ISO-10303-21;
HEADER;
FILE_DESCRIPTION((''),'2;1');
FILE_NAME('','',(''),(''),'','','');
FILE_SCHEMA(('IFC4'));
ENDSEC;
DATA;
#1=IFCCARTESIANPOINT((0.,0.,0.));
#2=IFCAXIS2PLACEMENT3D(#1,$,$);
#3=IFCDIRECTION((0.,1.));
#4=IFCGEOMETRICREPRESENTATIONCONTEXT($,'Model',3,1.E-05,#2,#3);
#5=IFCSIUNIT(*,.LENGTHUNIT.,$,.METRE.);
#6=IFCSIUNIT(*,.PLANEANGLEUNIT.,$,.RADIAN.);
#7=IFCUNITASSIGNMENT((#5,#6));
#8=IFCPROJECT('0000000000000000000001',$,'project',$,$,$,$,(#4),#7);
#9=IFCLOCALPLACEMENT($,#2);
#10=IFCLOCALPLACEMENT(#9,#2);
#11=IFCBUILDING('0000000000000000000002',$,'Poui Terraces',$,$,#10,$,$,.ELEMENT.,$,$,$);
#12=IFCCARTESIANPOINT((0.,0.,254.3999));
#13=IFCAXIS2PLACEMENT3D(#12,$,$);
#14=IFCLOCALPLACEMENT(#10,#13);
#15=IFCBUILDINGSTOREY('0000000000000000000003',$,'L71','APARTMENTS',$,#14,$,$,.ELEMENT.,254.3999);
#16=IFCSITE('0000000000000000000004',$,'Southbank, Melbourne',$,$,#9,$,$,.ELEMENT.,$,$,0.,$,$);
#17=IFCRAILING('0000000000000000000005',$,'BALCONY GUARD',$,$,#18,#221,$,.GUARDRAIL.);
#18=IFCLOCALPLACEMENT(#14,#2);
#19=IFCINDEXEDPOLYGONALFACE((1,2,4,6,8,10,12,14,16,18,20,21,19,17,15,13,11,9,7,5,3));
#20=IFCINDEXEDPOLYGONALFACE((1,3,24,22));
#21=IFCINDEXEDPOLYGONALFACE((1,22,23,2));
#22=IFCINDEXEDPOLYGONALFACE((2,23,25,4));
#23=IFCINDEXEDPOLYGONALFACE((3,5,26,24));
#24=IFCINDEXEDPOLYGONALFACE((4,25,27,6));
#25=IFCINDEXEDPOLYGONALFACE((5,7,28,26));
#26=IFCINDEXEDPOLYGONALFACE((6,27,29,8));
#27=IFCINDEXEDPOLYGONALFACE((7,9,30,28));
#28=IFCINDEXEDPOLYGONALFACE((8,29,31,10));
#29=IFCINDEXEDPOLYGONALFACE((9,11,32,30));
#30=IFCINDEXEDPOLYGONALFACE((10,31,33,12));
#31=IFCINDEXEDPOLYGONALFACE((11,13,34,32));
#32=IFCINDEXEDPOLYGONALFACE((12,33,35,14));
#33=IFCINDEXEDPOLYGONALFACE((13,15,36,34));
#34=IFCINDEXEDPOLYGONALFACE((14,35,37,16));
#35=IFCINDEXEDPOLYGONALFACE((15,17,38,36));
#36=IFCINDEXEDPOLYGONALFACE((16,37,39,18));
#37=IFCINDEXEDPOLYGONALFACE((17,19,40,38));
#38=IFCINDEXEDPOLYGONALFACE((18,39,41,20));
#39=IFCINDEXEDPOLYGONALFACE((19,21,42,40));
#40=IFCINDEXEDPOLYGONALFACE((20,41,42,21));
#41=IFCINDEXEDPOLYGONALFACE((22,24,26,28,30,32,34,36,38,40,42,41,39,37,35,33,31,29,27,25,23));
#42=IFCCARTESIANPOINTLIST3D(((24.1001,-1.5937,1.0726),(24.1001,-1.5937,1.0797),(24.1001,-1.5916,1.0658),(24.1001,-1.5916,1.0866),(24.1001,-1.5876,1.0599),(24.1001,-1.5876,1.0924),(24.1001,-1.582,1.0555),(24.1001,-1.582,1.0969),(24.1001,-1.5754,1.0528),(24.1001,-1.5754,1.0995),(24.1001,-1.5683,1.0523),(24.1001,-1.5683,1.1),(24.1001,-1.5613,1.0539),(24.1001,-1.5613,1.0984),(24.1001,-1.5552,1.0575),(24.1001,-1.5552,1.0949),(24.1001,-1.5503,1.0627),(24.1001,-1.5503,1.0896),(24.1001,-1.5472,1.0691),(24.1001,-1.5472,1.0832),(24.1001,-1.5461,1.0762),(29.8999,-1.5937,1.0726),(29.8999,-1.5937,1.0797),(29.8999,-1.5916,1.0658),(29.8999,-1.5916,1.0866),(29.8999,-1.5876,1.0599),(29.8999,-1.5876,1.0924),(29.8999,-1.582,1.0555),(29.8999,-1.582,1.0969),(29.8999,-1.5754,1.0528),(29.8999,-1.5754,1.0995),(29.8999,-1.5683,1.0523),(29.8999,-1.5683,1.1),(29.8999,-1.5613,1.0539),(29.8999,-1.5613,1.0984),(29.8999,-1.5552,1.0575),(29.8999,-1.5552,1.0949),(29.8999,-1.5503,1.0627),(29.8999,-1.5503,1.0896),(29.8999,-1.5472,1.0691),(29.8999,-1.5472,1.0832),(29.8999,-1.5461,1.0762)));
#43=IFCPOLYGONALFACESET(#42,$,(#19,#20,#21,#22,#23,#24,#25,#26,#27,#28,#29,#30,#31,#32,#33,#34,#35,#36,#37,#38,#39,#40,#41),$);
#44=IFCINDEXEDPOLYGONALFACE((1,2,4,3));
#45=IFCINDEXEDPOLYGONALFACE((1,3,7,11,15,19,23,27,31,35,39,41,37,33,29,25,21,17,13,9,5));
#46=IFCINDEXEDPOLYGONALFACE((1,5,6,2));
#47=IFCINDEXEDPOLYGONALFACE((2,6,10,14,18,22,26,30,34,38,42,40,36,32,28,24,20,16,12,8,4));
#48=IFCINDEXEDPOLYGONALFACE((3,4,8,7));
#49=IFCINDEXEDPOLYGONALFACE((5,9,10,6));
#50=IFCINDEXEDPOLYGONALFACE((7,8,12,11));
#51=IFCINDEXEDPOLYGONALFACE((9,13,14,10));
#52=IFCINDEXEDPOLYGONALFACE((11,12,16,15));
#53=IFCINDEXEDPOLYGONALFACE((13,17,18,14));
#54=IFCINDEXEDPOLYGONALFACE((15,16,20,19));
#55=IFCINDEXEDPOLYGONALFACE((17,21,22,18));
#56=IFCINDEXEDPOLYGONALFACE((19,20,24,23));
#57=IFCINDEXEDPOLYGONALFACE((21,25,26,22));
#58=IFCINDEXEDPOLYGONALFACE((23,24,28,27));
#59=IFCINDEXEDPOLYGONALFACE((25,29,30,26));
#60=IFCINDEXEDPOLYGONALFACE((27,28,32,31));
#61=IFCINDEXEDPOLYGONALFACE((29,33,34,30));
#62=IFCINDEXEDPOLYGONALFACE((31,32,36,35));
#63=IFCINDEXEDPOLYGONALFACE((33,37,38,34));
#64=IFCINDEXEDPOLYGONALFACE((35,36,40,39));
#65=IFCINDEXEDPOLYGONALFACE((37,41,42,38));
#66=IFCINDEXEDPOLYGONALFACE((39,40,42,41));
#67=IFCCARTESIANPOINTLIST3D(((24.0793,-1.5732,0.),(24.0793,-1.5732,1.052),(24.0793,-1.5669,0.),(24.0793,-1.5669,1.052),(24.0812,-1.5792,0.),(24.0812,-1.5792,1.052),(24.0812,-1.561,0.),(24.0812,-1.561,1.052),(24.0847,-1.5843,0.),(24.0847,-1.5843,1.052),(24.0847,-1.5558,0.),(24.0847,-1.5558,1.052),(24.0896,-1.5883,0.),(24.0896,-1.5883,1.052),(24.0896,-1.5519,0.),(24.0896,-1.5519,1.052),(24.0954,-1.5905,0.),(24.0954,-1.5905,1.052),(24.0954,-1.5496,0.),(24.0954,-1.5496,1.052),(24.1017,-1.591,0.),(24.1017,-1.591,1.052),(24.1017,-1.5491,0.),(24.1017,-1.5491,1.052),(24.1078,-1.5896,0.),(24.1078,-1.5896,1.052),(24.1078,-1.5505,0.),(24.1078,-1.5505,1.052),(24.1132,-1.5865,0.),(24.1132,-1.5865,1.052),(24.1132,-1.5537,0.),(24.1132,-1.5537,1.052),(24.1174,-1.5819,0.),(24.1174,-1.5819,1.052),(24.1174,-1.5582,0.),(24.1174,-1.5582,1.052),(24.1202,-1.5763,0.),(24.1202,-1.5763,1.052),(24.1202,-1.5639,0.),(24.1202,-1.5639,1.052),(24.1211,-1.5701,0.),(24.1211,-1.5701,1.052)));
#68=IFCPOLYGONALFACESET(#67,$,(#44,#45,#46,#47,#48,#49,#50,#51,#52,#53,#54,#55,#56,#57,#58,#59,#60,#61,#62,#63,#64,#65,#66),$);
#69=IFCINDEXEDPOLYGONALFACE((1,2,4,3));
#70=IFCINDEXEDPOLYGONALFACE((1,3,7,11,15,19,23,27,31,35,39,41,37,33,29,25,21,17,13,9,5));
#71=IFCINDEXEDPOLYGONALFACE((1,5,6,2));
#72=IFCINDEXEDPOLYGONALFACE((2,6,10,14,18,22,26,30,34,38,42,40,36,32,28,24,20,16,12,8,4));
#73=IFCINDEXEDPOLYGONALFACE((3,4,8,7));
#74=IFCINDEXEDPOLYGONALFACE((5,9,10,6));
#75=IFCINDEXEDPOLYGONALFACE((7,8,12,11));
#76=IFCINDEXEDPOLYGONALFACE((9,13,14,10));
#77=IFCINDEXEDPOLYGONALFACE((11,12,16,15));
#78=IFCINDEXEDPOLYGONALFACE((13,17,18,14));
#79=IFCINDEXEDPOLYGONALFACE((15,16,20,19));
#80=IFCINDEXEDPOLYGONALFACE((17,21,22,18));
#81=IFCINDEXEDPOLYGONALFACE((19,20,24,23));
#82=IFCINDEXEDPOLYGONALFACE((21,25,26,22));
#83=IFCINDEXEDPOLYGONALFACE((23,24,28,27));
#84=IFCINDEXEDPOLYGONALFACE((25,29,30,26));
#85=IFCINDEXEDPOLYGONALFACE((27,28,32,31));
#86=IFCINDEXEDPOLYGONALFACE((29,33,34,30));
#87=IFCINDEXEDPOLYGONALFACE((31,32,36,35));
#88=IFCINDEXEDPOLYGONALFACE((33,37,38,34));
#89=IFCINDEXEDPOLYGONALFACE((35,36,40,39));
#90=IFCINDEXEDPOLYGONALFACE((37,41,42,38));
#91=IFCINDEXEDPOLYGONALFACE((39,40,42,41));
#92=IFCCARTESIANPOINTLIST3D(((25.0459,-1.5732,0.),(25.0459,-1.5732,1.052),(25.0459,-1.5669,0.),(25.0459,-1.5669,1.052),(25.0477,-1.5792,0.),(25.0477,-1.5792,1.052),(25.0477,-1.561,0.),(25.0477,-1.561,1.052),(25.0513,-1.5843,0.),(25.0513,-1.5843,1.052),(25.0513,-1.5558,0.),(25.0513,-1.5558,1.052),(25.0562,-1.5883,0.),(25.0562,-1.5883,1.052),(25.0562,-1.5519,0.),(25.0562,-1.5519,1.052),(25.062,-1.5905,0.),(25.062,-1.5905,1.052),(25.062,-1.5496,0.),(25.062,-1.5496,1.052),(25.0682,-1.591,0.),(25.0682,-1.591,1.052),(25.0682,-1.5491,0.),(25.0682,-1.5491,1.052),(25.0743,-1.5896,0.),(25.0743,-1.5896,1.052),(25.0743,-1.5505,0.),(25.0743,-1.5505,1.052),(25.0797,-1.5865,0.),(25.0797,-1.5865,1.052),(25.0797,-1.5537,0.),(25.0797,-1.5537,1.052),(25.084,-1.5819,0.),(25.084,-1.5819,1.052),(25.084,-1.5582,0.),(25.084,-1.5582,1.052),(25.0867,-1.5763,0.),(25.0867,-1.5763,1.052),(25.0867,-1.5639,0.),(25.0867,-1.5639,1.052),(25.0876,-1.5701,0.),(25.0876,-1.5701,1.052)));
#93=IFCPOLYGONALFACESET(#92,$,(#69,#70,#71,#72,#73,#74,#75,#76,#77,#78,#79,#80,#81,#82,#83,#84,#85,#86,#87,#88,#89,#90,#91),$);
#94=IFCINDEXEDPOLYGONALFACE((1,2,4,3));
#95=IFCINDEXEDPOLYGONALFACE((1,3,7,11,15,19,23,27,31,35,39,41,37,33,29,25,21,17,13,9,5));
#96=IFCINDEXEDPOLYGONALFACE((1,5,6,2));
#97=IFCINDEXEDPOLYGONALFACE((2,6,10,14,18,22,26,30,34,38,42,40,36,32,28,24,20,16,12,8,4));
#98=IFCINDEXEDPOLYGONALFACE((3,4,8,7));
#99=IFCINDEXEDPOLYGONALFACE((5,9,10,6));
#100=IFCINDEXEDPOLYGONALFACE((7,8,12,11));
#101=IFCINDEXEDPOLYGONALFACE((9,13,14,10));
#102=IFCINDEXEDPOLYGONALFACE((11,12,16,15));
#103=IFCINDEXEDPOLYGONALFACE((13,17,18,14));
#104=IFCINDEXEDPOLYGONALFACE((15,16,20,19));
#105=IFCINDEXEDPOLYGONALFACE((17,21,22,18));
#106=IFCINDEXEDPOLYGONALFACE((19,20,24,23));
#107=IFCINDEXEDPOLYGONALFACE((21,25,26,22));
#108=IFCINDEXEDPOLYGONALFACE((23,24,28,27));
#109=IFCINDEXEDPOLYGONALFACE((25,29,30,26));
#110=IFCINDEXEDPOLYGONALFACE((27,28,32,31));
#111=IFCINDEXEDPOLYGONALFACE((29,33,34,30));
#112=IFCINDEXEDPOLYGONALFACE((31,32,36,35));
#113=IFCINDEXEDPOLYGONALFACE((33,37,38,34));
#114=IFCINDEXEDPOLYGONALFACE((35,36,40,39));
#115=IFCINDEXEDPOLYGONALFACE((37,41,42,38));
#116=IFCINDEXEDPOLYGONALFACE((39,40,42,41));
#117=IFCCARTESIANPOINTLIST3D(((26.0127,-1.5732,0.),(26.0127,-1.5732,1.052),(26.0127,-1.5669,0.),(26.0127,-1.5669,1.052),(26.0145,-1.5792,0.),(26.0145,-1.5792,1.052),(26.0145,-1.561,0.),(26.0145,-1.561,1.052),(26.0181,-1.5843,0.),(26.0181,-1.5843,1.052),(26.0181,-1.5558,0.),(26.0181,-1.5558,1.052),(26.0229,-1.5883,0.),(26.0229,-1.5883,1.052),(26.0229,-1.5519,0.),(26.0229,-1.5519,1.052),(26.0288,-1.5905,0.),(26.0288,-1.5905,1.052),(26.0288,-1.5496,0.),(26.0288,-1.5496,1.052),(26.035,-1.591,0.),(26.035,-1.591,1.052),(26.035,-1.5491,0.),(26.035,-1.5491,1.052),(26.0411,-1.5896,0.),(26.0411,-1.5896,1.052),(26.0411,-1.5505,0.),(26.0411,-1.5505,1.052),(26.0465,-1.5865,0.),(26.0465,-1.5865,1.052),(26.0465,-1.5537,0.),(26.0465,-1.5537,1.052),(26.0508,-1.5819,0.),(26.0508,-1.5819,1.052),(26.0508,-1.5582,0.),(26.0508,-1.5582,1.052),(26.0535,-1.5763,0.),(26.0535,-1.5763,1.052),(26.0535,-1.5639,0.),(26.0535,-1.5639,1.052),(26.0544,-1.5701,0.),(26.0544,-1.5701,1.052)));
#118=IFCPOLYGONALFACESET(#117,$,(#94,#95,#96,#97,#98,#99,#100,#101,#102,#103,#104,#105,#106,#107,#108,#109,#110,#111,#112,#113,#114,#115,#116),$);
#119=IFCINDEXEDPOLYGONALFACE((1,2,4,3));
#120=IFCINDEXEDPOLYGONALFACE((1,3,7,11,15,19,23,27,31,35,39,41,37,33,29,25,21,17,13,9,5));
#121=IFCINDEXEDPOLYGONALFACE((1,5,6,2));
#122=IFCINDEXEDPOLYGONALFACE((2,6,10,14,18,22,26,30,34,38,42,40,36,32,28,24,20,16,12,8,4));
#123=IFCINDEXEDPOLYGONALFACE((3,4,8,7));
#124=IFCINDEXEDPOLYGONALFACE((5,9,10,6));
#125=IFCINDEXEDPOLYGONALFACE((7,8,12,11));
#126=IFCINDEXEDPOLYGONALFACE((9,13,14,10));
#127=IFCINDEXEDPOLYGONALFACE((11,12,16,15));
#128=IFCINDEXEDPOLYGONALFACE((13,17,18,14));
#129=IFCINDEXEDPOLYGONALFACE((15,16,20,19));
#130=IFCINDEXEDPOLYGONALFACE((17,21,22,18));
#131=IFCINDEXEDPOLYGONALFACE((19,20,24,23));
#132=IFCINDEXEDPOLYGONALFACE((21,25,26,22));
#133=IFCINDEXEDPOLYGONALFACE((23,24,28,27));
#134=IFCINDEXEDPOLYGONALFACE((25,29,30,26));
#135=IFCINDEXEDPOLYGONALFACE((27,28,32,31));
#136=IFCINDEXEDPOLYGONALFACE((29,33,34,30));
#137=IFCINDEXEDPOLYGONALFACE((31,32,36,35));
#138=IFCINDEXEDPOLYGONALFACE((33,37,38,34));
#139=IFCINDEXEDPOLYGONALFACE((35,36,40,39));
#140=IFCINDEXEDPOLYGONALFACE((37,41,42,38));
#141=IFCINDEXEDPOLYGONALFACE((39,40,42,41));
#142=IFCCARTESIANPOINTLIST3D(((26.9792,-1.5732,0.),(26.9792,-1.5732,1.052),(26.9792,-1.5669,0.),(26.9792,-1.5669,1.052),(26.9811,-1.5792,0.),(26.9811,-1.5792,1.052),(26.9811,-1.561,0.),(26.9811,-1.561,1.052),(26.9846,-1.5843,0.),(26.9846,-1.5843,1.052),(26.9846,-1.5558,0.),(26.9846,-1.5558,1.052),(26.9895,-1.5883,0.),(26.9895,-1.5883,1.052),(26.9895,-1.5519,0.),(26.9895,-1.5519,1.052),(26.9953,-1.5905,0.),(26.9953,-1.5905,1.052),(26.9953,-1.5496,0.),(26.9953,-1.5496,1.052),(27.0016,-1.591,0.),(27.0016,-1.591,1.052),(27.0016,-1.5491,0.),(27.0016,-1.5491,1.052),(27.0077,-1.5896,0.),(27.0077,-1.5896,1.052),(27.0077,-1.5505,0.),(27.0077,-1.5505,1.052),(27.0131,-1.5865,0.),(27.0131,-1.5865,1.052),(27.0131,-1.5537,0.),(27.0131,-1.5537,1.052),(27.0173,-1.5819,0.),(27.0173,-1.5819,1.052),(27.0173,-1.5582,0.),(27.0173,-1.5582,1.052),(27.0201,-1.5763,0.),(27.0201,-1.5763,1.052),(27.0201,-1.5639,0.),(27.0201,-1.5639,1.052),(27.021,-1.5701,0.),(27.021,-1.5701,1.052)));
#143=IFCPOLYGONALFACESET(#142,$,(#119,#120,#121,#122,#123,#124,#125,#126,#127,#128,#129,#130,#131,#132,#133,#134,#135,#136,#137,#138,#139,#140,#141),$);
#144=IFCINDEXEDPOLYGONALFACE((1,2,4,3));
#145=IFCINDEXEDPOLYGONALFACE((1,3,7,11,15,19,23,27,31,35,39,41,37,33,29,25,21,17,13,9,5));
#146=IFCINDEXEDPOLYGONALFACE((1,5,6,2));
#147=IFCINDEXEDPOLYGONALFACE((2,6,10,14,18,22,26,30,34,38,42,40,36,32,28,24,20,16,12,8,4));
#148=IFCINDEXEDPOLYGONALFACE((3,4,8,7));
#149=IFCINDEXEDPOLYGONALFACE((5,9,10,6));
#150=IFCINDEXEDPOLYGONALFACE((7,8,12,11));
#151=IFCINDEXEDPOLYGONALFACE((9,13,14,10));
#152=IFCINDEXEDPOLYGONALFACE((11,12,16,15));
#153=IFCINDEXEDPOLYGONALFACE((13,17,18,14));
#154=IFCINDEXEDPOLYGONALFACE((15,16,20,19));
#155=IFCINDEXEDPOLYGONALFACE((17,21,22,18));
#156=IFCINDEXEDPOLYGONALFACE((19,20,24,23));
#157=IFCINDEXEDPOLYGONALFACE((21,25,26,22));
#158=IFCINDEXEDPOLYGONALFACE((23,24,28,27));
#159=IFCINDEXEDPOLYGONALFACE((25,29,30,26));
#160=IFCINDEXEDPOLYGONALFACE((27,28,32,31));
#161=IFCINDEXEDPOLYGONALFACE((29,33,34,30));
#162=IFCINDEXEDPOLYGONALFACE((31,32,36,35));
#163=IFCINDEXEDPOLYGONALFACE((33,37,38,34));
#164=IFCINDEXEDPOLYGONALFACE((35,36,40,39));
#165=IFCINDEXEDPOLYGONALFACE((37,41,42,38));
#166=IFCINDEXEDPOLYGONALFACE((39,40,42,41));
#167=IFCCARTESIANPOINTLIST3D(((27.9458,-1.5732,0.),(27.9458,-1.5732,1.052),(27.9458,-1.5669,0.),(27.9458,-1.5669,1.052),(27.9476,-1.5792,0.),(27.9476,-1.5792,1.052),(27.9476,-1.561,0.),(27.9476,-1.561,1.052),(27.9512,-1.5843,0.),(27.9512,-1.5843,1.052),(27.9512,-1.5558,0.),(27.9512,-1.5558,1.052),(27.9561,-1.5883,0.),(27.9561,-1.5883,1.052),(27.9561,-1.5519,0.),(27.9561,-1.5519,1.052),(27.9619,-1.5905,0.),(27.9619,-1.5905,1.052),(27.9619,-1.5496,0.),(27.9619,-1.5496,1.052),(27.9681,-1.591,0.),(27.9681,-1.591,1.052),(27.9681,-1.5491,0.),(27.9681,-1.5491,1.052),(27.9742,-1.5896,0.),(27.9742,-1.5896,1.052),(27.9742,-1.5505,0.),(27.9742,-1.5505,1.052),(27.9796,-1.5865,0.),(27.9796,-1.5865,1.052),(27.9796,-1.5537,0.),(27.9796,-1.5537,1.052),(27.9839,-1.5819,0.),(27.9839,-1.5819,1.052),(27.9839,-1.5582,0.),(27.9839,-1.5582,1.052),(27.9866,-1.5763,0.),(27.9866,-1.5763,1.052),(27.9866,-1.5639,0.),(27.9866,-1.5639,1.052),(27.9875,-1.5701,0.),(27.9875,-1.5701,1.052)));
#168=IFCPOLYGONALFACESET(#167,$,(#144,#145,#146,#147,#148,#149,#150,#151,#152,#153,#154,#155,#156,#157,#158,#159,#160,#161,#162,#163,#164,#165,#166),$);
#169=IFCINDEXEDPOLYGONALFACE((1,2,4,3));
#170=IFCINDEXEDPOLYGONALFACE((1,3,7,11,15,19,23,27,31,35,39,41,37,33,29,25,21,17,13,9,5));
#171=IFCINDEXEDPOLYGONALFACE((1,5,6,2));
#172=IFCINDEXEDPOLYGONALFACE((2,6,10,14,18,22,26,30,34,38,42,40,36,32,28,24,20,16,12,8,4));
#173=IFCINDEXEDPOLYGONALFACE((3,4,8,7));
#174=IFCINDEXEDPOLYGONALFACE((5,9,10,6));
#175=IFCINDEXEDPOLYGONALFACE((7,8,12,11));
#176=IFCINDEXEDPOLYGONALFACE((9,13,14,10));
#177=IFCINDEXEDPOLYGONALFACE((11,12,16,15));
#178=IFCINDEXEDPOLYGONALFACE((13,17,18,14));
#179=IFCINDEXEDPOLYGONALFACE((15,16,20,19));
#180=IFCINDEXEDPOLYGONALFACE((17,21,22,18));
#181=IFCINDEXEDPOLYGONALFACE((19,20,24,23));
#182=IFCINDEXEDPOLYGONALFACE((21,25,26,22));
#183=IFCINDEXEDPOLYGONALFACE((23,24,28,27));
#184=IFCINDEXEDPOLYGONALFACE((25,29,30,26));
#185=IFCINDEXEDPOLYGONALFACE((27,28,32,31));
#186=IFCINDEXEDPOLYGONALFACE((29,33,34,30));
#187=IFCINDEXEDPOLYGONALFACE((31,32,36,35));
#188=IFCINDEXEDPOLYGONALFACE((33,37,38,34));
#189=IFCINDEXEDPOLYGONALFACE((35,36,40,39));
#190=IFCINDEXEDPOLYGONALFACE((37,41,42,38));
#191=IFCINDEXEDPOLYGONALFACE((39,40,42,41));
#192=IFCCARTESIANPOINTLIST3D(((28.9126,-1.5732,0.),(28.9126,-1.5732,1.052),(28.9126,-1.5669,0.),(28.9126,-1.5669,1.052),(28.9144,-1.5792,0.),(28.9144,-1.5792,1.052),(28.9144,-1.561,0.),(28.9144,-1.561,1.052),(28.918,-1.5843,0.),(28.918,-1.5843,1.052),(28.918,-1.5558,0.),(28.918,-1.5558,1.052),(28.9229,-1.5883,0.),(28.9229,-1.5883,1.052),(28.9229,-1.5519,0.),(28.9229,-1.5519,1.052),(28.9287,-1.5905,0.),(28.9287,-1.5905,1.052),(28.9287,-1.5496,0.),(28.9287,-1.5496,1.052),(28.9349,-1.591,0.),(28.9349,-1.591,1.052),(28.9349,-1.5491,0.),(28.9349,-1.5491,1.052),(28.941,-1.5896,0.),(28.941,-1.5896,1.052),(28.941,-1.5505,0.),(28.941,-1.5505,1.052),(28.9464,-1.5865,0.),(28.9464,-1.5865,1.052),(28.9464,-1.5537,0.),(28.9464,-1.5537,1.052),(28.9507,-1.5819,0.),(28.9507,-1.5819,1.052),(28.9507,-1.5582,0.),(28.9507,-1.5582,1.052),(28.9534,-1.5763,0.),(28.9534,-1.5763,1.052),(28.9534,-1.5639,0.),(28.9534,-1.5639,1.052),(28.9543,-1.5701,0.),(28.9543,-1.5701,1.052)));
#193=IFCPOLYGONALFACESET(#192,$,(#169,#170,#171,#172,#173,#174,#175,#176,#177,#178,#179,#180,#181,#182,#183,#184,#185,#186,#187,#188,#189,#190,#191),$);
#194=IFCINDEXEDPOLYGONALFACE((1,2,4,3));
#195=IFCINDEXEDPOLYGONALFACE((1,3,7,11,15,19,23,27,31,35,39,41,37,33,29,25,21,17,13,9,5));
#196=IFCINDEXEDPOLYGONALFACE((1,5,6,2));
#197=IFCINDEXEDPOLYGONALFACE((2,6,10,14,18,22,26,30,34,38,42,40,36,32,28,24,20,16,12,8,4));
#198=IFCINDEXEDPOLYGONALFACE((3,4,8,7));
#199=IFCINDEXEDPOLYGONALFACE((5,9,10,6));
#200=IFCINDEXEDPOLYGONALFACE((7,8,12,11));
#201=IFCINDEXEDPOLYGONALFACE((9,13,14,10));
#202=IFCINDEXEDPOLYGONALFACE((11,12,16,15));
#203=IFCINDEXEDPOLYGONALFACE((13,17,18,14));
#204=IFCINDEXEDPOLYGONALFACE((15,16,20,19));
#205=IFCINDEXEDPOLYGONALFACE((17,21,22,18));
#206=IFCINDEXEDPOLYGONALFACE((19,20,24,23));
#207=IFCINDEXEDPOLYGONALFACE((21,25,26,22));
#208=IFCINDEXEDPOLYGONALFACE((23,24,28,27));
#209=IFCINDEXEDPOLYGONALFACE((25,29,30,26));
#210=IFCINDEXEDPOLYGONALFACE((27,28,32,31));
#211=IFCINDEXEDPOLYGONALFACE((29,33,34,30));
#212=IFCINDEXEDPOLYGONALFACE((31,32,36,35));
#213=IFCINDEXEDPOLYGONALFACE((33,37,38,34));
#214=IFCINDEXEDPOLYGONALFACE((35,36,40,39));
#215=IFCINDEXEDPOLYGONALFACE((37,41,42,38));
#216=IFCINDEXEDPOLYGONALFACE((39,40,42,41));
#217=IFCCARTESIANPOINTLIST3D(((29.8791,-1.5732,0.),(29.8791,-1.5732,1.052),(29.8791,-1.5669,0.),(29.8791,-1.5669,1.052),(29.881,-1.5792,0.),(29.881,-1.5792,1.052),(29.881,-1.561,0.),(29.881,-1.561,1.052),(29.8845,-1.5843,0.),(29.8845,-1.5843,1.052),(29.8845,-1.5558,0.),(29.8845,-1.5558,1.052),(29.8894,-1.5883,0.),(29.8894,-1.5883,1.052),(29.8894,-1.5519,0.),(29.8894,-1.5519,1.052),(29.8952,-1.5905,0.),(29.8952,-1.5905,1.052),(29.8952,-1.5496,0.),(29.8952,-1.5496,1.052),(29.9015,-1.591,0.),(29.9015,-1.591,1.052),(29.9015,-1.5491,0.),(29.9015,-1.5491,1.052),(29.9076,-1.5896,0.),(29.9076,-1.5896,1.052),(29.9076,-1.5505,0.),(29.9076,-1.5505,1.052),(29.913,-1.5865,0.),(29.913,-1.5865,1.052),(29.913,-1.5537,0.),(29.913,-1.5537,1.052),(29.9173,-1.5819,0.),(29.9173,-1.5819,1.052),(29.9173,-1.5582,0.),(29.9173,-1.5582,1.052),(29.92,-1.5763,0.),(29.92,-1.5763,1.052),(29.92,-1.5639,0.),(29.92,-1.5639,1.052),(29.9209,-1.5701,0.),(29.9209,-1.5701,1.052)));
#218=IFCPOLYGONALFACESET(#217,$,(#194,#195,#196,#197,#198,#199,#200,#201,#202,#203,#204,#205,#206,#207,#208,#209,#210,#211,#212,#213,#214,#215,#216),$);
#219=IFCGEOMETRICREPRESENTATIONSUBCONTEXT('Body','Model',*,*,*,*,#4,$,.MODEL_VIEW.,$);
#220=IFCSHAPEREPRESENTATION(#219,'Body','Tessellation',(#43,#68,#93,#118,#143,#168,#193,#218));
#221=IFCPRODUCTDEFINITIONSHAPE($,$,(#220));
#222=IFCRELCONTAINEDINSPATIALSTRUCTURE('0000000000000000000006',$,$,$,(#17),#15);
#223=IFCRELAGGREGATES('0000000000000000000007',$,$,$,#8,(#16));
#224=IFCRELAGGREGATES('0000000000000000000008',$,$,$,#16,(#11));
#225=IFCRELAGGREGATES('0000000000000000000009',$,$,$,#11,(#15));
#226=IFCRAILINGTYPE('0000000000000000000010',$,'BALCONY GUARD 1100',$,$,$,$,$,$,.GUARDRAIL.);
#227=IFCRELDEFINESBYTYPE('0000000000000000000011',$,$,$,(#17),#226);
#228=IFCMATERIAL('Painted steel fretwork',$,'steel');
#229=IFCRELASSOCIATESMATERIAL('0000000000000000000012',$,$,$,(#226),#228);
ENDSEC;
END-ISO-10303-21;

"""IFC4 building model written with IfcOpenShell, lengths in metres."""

from ifc_helpers import new_model, si_unit, direction, frame, origin, origin_2d, place, context, subcontext, project, spatial, circle, extrude, material, type_object, element, save


model = new_model("IFC4")

# Units and contexts
model_context = context("Model", 3, precision=1e-05, world=origin(), true_north=direction((0.0, 1.0)))
body_context = subcontext(model_context, "Body", "Model", "MODEL_VIEW")
ifc_project = project(units=[si_unit("LENGTHUNIT", "METRE"), si_unit("PLANEANGLEUNIT", "RADIAN")], contexts=[model_context])

# Site, building, storey
site_placement = place(None, origin())
site = spatial("IfcSite", under=ifc_project, at=site_placement, Name="Southbank, Melbourne", CompositionType="ELEMENT", RefElevation=0.0)
building_placement = place(site_placement, origin())
building = spatial("IfcBuilding", under=site, at=building_placement, Name="Poui Terraces", CompositionType="ELEMENT")
storey_placement = place(building_placement, frame((0.0, 0.0, 254.3999)))
storey = spatial("IfcBuildingStorey", under=building, at=storey_placement, Name="L71", Description="APARTMENTS", CompositionType="ELEMENT", Elevation=254.3999)

# Railing
ifc_material_1 = material(Name="Painted steel fretwork", Category="steel")
railing_type = type_object("IfcRailingType", Name="BALCONY GUARD 1100", PredefinedType="GUARDRAIL", material=ifc_material_1)
railing_placement = place(storey_placement, frame((24.1001, -1.5701, 0.0)))
element("IfcRailing", 1, at=railing_placement, inside=storey, type_object=railing_type, Name="BALCONY GUARD", PredefinedType="GUARDRAIL", context=body_context, shape_type="SweptSolid", body=[
    extrude(circle(Radius=0.0239, at=origin_2d()), frame((0.0, 0.0, 1.0762), z_axis=(1.0, 0.0, 0.0), x_axis=(0.0, 1.0, 0.0)), (0.0, 0.0, 1.0), 5.7998),
    extrude(circle(Radius=0.021, at=origin_2d()), origin(), (0.0, 0.0, 1.0), 1.052),
    extrude(circle(Radius=0.021, at=origin_2d()), frame((0.9666, 0.0, 0.0)), (0.0, 0.0, 1.0), 1.052),
    extrude(circle(Radius=0.021, at=origin_2d()), frame((1.9333, 0.0, 0.0)), (0.0, 0.0, 1.0), 1.052),
    extrude(circle(Radius=0.021, at=origin_2d()), frame((2.8999, 0.0, 0.0)), (0.0, 0.0, 1.0), 1.052),
    extrude(circle(Radius=0.021, at=origin_2d()), frame((3.8665, 0.0, 0.0)), (0.0, 0.0, 1.0), 1.052),
    extrude(circle(Radius=0.021, at=origin_2d()), frame((4.8333, 0.0, 0.0)), (0.0, 0.0, 1.0), 1.052),
    extrude(circle(Radius=0.021, at=origin_2d()), frame((5.7998, 0.0, 0.0)), (0.0, 0.0, 1.0), 1.052),
])

save(model, "model.ifc")
